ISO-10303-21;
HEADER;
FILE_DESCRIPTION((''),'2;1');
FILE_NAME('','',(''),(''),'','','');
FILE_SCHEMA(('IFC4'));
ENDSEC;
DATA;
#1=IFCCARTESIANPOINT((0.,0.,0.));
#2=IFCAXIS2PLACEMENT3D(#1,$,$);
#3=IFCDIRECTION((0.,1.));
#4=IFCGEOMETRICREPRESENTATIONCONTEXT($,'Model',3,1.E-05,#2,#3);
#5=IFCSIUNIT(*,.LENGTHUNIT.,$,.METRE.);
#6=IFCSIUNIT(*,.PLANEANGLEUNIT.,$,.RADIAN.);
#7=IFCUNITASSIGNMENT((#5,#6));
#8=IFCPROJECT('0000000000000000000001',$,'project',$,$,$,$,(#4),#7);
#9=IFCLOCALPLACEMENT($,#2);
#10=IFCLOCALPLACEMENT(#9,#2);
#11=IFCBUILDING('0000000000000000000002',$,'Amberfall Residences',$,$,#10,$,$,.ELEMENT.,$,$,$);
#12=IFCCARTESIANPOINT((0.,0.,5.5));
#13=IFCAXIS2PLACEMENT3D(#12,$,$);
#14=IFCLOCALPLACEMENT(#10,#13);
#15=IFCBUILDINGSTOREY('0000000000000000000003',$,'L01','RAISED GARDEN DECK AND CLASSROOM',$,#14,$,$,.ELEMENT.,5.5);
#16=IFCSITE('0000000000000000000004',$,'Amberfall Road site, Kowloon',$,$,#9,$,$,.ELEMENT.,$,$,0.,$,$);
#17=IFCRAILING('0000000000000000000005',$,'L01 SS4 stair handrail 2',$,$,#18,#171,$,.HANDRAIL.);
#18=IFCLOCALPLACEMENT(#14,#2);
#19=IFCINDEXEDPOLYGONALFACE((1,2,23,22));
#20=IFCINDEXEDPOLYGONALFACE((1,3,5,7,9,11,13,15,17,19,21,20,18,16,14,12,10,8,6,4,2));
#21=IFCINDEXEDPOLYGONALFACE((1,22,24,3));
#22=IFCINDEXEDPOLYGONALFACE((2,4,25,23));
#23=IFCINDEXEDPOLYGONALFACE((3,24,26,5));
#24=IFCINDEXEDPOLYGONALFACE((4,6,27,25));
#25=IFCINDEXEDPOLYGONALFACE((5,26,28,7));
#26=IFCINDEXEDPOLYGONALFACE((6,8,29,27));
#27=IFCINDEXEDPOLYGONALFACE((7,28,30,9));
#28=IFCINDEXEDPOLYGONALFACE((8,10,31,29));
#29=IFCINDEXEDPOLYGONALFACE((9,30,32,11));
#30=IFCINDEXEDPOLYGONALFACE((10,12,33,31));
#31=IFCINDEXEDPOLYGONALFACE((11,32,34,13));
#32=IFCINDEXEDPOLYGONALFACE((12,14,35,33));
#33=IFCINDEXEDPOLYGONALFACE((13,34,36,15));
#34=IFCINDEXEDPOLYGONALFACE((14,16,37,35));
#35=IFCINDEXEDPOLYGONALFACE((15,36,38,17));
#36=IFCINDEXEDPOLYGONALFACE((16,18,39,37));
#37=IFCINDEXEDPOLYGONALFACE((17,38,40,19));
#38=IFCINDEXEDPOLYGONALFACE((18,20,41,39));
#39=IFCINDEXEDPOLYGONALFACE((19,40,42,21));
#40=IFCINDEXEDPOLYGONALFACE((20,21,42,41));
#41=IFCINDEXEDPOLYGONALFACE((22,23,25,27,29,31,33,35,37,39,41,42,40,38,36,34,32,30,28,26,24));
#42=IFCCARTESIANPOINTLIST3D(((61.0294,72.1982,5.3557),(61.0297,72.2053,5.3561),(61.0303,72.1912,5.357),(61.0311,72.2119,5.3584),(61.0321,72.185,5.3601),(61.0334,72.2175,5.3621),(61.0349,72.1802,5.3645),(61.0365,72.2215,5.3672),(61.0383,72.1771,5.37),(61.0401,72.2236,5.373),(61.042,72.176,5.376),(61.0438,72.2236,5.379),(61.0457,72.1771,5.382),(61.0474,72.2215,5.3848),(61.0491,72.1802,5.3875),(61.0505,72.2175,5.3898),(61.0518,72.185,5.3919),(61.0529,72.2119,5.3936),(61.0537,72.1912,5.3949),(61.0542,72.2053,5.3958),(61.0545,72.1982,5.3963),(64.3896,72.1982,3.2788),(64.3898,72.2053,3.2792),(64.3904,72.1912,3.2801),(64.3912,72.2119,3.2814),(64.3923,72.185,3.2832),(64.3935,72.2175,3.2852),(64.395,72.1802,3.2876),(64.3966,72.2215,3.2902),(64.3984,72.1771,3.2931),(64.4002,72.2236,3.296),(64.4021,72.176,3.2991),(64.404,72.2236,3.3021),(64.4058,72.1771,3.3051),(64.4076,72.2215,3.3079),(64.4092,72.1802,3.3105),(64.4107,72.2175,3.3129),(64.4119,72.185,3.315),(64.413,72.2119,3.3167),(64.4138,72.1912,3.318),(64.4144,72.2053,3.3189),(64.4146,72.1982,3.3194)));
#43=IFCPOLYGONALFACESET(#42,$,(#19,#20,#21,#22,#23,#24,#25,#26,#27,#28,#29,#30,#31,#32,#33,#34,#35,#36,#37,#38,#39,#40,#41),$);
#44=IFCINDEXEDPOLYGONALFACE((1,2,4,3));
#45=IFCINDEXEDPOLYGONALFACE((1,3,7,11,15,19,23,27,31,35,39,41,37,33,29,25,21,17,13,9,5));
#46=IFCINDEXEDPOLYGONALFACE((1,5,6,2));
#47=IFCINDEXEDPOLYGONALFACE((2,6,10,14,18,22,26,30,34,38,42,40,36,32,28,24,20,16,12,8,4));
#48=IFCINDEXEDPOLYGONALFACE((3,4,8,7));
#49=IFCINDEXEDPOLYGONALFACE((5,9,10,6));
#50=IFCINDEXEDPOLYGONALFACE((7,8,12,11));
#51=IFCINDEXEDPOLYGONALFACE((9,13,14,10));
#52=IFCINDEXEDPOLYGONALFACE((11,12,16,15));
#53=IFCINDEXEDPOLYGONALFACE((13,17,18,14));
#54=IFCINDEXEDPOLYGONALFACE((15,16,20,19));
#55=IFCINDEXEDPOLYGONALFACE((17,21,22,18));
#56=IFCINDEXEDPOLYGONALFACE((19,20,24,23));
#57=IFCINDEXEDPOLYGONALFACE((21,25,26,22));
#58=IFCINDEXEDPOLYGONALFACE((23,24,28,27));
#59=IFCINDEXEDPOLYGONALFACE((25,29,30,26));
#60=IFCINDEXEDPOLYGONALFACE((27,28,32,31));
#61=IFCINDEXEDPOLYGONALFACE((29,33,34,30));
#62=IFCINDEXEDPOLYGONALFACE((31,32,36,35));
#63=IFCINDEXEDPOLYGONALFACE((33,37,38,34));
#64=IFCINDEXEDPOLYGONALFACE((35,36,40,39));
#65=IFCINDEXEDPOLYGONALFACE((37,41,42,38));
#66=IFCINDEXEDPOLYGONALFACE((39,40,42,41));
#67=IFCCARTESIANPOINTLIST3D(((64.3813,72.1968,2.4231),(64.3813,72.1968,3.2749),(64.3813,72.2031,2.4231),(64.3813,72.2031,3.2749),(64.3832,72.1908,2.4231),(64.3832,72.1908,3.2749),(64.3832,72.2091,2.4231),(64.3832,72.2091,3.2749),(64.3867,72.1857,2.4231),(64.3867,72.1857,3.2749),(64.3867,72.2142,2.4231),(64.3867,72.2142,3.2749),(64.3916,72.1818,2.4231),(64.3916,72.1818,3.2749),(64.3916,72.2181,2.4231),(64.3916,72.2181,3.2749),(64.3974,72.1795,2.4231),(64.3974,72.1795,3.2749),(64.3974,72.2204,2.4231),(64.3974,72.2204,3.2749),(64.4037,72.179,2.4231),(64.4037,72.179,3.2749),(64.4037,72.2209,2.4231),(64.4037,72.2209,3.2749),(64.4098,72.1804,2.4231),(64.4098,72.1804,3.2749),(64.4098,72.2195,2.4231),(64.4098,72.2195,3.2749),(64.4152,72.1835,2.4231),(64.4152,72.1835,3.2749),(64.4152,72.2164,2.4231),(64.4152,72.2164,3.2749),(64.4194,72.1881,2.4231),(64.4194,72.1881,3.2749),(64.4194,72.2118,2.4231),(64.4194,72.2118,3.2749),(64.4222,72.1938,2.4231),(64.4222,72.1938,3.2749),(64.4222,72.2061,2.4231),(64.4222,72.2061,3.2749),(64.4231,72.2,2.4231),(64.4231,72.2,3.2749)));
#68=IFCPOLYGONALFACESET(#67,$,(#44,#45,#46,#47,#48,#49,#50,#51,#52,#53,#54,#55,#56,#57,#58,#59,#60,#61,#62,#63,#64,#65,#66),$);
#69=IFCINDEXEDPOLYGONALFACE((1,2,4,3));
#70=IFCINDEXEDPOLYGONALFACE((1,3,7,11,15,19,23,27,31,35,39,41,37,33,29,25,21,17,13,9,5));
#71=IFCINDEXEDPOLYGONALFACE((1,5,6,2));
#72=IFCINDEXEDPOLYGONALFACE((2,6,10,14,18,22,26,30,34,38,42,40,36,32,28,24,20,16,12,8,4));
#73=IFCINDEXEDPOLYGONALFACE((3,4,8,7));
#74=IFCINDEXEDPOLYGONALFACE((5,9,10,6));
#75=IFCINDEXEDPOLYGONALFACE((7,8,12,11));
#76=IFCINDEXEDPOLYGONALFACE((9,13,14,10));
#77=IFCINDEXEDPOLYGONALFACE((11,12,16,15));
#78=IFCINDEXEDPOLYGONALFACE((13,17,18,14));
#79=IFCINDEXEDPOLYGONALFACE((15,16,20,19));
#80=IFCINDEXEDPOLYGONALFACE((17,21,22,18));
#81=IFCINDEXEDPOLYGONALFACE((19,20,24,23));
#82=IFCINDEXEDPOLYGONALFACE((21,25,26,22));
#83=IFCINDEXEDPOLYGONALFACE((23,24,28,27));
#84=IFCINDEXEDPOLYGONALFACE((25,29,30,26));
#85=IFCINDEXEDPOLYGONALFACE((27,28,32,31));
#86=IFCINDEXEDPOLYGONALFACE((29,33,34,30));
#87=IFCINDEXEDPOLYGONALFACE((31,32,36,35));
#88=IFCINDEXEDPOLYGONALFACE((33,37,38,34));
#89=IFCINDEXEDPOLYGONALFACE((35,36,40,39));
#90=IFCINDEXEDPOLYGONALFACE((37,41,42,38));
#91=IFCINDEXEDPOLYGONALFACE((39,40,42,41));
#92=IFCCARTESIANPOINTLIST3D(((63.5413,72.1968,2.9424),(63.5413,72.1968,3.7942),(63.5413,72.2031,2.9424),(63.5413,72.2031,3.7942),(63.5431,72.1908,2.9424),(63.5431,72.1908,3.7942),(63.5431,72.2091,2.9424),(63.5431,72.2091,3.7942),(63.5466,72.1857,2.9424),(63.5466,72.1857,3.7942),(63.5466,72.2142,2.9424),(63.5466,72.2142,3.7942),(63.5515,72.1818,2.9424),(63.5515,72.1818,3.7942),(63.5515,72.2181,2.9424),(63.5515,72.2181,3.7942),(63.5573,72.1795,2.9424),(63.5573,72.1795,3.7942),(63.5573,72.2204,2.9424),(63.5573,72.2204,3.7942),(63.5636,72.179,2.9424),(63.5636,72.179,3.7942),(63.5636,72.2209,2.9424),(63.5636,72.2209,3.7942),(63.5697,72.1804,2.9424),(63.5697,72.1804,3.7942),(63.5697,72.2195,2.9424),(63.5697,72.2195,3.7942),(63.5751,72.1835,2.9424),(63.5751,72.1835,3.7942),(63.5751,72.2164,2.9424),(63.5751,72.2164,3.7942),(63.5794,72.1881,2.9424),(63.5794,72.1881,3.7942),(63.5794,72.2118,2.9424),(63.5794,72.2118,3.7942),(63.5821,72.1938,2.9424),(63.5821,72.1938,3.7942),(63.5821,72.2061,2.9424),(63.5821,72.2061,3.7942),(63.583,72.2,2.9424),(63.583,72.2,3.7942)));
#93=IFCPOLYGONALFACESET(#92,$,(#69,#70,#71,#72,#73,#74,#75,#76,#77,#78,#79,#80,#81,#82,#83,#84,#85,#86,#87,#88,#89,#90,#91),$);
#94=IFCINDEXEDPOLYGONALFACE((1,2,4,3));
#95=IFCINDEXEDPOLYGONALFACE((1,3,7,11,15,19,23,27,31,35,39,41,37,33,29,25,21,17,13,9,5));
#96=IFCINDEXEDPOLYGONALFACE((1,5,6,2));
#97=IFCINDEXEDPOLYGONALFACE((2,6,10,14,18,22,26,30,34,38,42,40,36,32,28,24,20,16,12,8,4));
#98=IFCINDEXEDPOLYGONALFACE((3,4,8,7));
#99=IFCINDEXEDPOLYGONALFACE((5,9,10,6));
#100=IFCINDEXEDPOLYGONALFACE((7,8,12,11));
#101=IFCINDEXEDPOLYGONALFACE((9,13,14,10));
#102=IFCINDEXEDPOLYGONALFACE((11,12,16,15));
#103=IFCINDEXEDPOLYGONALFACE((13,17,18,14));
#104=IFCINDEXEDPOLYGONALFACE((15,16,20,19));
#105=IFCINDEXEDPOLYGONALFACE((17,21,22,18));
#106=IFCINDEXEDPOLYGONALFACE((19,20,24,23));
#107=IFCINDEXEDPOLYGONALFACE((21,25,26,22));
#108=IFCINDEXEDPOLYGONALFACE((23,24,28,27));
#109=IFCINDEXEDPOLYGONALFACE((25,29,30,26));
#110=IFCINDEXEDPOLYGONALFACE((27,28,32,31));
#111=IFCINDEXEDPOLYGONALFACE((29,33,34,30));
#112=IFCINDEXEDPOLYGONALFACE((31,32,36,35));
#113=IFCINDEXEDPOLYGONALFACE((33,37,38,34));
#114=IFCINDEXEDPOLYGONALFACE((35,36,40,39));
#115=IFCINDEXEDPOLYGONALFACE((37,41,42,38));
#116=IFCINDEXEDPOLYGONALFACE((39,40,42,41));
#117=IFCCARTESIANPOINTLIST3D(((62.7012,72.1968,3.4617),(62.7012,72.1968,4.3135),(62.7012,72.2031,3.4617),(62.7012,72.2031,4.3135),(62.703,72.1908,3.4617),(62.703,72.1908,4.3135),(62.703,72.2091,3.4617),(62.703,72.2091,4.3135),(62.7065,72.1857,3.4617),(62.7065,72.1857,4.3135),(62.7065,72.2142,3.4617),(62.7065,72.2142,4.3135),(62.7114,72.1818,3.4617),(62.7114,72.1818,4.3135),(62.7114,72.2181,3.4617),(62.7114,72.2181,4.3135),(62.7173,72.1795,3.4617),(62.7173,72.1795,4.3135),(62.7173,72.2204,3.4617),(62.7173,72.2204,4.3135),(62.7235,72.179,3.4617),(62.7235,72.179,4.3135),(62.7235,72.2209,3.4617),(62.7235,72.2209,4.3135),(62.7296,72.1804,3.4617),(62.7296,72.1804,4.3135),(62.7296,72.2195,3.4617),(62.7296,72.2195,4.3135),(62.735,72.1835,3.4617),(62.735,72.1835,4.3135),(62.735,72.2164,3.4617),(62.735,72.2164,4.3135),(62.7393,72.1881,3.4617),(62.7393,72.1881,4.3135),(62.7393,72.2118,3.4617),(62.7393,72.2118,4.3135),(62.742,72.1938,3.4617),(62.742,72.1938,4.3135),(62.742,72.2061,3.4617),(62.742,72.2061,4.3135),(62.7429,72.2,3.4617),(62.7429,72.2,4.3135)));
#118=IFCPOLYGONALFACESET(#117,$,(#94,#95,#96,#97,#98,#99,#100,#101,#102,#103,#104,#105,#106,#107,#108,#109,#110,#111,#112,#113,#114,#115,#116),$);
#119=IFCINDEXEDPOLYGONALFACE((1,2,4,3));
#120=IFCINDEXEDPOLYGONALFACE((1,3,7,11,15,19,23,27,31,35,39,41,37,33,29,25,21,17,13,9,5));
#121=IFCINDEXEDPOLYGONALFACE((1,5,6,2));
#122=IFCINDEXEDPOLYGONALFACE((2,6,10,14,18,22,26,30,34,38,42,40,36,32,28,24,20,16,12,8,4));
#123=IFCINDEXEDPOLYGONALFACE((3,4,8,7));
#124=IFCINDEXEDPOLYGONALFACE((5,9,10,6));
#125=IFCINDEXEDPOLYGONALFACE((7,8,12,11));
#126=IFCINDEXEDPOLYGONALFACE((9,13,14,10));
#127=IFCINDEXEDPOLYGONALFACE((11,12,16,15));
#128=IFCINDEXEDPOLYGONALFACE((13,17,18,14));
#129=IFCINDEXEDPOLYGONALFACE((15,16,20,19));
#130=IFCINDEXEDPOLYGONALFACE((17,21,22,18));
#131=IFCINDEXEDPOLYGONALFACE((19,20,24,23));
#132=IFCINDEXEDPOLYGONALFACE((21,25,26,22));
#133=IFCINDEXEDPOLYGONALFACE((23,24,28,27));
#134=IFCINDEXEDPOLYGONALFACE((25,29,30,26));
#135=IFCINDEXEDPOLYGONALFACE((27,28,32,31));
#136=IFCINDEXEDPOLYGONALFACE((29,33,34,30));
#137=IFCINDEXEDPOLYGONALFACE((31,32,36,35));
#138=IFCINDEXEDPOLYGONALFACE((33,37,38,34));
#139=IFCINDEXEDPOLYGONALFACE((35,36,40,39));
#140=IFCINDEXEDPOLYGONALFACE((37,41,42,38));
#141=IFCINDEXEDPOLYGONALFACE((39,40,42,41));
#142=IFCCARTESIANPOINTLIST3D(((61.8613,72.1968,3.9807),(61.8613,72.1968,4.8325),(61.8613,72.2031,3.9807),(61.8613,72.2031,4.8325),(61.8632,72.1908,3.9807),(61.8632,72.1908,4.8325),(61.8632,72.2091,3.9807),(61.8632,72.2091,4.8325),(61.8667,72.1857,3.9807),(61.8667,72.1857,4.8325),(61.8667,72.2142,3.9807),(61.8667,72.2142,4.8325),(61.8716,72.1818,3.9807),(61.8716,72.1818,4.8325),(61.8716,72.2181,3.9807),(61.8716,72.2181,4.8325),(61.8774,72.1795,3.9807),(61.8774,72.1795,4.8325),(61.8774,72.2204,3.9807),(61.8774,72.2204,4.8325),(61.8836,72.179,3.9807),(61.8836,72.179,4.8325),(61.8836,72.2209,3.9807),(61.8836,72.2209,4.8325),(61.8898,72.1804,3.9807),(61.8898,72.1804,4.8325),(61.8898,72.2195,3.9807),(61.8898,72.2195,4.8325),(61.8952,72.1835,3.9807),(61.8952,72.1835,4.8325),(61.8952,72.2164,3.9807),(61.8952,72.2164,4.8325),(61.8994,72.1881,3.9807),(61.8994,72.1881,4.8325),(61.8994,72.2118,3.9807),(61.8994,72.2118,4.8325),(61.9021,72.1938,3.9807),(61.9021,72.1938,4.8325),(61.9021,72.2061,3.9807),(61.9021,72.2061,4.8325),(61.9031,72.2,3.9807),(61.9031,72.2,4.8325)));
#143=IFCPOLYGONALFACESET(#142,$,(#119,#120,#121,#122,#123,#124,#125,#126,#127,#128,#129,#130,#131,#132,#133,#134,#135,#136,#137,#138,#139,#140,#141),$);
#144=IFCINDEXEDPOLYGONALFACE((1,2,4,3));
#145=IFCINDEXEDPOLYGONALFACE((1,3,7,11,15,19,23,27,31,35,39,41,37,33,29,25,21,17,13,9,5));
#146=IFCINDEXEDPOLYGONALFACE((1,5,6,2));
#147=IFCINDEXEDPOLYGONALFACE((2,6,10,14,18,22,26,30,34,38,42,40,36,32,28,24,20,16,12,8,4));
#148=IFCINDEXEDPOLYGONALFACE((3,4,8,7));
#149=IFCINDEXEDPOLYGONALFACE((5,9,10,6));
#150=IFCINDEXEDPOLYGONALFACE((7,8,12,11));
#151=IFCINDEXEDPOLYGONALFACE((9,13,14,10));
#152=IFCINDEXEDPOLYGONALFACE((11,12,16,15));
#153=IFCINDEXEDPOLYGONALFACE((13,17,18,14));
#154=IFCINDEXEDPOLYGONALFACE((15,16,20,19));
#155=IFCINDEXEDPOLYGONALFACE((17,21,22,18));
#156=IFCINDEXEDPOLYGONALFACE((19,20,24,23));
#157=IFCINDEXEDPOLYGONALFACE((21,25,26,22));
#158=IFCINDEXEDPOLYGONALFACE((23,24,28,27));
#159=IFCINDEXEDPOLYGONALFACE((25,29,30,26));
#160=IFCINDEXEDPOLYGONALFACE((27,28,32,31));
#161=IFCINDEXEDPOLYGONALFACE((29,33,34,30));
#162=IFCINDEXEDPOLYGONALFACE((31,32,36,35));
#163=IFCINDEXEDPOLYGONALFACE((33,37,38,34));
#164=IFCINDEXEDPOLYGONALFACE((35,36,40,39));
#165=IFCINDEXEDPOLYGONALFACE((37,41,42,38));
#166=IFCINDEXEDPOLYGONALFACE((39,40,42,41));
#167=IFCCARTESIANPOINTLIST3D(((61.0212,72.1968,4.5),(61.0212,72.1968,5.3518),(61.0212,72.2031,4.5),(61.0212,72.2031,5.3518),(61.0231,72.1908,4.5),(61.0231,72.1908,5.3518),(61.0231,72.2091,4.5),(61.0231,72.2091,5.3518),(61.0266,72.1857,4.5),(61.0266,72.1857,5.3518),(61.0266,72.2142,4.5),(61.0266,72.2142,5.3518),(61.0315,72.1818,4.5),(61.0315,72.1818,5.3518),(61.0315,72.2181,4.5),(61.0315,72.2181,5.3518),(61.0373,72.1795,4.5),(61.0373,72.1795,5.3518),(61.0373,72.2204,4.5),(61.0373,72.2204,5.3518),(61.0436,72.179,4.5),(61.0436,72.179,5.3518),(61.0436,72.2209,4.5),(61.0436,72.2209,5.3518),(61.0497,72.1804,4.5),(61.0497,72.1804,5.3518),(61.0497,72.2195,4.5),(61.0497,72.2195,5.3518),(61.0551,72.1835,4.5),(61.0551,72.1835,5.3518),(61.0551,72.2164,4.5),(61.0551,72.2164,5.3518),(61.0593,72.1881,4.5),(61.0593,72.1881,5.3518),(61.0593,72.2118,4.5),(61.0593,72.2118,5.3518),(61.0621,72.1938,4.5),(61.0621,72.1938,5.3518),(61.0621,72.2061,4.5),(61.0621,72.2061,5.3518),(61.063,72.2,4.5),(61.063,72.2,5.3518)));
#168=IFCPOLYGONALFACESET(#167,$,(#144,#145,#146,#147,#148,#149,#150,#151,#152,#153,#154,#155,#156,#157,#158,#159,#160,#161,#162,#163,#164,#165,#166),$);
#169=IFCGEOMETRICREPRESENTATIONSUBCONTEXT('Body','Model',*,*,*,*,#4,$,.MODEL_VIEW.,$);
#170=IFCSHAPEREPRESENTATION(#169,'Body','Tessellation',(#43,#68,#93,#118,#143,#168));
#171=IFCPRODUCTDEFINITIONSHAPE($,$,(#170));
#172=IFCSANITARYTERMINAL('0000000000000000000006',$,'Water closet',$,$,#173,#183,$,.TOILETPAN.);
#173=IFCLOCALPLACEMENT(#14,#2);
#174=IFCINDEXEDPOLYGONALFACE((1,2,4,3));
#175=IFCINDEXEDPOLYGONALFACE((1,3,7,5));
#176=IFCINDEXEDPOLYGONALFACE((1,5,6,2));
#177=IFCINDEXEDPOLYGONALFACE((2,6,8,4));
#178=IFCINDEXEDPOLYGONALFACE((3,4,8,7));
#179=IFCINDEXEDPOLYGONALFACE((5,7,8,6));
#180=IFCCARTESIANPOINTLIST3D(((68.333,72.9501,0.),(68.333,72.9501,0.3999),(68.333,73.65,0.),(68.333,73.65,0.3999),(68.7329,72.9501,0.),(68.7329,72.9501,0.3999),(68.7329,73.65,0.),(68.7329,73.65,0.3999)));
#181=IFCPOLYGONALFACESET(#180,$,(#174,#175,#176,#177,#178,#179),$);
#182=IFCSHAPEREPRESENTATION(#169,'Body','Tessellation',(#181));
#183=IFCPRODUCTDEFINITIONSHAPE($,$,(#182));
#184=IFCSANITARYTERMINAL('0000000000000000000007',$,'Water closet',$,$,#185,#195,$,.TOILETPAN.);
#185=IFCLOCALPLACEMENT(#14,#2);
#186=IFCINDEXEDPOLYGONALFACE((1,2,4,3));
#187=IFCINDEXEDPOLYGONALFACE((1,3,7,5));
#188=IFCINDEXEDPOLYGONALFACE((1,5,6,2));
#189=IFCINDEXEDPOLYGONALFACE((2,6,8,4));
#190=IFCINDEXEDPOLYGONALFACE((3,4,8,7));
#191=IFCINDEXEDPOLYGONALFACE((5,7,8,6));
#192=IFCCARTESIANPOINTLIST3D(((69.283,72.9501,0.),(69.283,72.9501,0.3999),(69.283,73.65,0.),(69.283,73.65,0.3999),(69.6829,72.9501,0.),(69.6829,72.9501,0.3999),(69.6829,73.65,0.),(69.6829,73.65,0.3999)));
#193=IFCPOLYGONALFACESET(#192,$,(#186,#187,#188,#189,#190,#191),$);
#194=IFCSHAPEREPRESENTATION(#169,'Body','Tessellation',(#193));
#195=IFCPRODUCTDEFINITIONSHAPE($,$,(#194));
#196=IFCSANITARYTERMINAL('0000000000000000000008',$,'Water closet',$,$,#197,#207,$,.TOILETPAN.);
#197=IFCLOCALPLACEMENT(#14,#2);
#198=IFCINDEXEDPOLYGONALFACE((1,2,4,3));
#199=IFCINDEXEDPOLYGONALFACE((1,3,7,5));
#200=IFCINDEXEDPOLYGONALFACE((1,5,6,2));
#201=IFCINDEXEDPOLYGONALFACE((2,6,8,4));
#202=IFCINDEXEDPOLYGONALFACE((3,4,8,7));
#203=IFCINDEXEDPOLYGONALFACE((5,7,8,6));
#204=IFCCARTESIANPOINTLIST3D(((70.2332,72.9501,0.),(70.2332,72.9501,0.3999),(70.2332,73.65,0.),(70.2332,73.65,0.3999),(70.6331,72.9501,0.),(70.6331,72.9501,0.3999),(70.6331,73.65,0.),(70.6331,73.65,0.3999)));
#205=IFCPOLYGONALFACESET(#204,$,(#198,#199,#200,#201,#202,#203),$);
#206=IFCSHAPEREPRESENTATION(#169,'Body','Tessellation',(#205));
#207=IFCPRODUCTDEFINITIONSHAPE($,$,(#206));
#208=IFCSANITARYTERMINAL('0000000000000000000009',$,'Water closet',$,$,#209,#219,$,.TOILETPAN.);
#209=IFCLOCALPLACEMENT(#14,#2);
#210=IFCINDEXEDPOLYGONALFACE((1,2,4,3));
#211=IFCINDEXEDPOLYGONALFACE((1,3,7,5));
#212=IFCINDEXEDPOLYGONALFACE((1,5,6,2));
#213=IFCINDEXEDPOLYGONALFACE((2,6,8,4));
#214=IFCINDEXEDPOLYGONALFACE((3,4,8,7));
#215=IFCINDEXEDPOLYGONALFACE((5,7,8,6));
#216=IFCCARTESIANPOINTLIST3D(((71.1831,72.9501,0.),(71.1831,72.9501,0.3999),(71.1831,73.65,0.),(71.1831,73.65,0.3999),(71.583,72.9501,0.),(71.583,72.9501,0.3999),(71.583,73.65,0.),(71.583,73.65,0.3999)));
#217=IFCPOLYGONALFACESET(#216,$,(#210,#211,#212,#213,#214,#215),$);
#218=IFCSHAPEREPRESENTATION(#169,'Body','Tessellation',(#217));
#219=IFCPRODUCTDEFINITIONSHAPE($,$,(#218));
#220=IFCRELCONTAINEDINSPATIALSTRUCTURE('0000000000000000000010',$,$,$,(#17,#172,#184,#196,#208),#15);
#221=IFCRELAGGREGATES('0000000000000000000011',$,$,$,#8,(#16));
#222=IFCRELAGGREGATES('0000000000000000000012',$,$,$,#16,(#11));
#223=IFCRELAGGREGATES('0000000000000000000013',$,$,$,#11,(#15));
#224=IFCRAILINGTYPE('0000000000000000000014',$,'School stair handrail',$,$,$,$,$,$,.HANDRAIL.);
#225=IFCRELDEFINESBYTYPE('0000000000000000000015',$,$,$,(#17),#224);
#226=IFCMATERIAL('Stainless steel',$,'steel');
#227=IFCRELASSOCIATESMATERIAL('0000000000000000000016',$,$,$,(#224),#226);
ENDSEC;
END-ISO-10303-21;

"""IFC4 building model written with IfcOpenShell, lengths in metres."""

from ifc_helpers import new_model, si_unit, direction, frame, origin, origin_2d, place, context, subcontext, project, spatial, rectangle, circle, extrude, material, type_object, element, save


model = new_model("IFC4")

# Units and contexts
model_context = context("Model", 3, precision=1e-05, world=origin(), true_north=direction((0.0, 1.0)))
body_context = subcontext(model_context, "Body", "Model", "MODEL_VIEW")
ifc_project = project(units=[si_unit("LENGTHUNIT", "METRE"), si_unit("PLANEANGLEUNIT", "RADIAN")], contexts=[model_context])

# Site, building, storey
site_placement = place(None, origin())
site = spatial("IfcSite", under=ifc_project, at=site_placement, Name="Amberfall Road site, Kowloon", CompositionType="ELEMENT", RefElevation=0.0)
building_placement = place(site_placement, origin())
building = spatial("IfcBuilding", under=site, at=building_placement, Name="Amberfall Residences", CompositionType="ELEMENT")
storey_placement = place(building_placement, frame((0.0, 0.0, 5.5)))
storey = spatial("IfcBuildingStorey", under=building, at=storey_placement, Name="L01", Description="RAISED GARDEN DECK AND CLASSROOM", CompositionType="ELEMENT", Elevation=5.5)

# Railing
ifc_material_1 = material(Name="Stainless steel", Category="steel")
railing_type_1 = type_object("IfcRailingType", Name="School stair handrail", PredefinedType="HANDRAIL", material=ifc_material_1)
railing_1_placement = place(storey_placement, frame((64.4021, 72.2, 2.4231)))
element("IfcRailing", 1, at=railing_1_placement, inside=storey, type_object=railing_type_1, Name="L01 SS4 stair handrail 2", PredefinedType="HANDRAIL", context=body_context, shape_type="SweptSolid", body=[
    extrude(circle(Radius=0.0239, at=origin_2d()), frame((0.0, 0.0, 0.876), z_axis=(-0.850623, 0.0, 0.525776), x_axis=(0.0, -1.0, 0.0)), (0.0, 0.0, 1.0), 3.9502),
    extrude(circle(Radius=0.021, at=origin_2d()), origin(), (0.0, 0.0, 1.0), 0.8518),
    extrude(circle(Radius=0.021, at=origin_2d()), frame((-0.8401, 0.0, 0.5193)), (0.0, 0.0, 1.0), 0.8518),
    extrude(circle(Radius=0.021, at=origin_2d()), frame((-1.6802, 0.0, 1.0386)), (0.0, 0.0, 1.0), 0.8518),
    extrude(circle(Radius=0.021, at=origin_2d()), frame((-2.52, 0.0, 1.5576)), (0.0, 0.0, 1.0), 0.8518),
    extrude(circle(Radius=0.021, at=origin_2d()), frame((-3.3601, 0.0, 2.0769)), (0.0, 0.0, 1.0), 0.8518),
])

# Sanitary terminals
for number, where, z_axis, x_axis, name in (
    (2, (68.533, 73.3, 0.0), (0.0, 0.0, 1.0), (1.0, 0.0, 0.0), "Water closet"),
    (3, (69.4829, 73.3, 0.0), (0.0, 0.0, 1.0), (1.0, 0.0, 0.0), "Water closet"),
    (4, (70.4331, 73.3, 0.0), (0.0, 0.0, 1.0), (1.0, 0.0, 0.0), "Water closet"),
    (5, (71.3831, 73.3, 0.0), (0.0, 0.0, 1.0), (1.0, 0.0, 0.0), "Water closet"),
):
    element("IfcSanitaryTerminal", number, at=place(storey_placement, frame(where, z_axis=z_axis, x_axis=x_axis)), inside=storey, Name=name, PredefinedType="TOILETPAN", context=body_context, shape_type="SweptSolid", body=[
        extrude(rectangle(XDim=0.3999, YDim=0.7, at=origin_2d()), origin(), (0.0, 0.0, 1.0), 0.3999),
    ])

save(model, "model.ifc")
